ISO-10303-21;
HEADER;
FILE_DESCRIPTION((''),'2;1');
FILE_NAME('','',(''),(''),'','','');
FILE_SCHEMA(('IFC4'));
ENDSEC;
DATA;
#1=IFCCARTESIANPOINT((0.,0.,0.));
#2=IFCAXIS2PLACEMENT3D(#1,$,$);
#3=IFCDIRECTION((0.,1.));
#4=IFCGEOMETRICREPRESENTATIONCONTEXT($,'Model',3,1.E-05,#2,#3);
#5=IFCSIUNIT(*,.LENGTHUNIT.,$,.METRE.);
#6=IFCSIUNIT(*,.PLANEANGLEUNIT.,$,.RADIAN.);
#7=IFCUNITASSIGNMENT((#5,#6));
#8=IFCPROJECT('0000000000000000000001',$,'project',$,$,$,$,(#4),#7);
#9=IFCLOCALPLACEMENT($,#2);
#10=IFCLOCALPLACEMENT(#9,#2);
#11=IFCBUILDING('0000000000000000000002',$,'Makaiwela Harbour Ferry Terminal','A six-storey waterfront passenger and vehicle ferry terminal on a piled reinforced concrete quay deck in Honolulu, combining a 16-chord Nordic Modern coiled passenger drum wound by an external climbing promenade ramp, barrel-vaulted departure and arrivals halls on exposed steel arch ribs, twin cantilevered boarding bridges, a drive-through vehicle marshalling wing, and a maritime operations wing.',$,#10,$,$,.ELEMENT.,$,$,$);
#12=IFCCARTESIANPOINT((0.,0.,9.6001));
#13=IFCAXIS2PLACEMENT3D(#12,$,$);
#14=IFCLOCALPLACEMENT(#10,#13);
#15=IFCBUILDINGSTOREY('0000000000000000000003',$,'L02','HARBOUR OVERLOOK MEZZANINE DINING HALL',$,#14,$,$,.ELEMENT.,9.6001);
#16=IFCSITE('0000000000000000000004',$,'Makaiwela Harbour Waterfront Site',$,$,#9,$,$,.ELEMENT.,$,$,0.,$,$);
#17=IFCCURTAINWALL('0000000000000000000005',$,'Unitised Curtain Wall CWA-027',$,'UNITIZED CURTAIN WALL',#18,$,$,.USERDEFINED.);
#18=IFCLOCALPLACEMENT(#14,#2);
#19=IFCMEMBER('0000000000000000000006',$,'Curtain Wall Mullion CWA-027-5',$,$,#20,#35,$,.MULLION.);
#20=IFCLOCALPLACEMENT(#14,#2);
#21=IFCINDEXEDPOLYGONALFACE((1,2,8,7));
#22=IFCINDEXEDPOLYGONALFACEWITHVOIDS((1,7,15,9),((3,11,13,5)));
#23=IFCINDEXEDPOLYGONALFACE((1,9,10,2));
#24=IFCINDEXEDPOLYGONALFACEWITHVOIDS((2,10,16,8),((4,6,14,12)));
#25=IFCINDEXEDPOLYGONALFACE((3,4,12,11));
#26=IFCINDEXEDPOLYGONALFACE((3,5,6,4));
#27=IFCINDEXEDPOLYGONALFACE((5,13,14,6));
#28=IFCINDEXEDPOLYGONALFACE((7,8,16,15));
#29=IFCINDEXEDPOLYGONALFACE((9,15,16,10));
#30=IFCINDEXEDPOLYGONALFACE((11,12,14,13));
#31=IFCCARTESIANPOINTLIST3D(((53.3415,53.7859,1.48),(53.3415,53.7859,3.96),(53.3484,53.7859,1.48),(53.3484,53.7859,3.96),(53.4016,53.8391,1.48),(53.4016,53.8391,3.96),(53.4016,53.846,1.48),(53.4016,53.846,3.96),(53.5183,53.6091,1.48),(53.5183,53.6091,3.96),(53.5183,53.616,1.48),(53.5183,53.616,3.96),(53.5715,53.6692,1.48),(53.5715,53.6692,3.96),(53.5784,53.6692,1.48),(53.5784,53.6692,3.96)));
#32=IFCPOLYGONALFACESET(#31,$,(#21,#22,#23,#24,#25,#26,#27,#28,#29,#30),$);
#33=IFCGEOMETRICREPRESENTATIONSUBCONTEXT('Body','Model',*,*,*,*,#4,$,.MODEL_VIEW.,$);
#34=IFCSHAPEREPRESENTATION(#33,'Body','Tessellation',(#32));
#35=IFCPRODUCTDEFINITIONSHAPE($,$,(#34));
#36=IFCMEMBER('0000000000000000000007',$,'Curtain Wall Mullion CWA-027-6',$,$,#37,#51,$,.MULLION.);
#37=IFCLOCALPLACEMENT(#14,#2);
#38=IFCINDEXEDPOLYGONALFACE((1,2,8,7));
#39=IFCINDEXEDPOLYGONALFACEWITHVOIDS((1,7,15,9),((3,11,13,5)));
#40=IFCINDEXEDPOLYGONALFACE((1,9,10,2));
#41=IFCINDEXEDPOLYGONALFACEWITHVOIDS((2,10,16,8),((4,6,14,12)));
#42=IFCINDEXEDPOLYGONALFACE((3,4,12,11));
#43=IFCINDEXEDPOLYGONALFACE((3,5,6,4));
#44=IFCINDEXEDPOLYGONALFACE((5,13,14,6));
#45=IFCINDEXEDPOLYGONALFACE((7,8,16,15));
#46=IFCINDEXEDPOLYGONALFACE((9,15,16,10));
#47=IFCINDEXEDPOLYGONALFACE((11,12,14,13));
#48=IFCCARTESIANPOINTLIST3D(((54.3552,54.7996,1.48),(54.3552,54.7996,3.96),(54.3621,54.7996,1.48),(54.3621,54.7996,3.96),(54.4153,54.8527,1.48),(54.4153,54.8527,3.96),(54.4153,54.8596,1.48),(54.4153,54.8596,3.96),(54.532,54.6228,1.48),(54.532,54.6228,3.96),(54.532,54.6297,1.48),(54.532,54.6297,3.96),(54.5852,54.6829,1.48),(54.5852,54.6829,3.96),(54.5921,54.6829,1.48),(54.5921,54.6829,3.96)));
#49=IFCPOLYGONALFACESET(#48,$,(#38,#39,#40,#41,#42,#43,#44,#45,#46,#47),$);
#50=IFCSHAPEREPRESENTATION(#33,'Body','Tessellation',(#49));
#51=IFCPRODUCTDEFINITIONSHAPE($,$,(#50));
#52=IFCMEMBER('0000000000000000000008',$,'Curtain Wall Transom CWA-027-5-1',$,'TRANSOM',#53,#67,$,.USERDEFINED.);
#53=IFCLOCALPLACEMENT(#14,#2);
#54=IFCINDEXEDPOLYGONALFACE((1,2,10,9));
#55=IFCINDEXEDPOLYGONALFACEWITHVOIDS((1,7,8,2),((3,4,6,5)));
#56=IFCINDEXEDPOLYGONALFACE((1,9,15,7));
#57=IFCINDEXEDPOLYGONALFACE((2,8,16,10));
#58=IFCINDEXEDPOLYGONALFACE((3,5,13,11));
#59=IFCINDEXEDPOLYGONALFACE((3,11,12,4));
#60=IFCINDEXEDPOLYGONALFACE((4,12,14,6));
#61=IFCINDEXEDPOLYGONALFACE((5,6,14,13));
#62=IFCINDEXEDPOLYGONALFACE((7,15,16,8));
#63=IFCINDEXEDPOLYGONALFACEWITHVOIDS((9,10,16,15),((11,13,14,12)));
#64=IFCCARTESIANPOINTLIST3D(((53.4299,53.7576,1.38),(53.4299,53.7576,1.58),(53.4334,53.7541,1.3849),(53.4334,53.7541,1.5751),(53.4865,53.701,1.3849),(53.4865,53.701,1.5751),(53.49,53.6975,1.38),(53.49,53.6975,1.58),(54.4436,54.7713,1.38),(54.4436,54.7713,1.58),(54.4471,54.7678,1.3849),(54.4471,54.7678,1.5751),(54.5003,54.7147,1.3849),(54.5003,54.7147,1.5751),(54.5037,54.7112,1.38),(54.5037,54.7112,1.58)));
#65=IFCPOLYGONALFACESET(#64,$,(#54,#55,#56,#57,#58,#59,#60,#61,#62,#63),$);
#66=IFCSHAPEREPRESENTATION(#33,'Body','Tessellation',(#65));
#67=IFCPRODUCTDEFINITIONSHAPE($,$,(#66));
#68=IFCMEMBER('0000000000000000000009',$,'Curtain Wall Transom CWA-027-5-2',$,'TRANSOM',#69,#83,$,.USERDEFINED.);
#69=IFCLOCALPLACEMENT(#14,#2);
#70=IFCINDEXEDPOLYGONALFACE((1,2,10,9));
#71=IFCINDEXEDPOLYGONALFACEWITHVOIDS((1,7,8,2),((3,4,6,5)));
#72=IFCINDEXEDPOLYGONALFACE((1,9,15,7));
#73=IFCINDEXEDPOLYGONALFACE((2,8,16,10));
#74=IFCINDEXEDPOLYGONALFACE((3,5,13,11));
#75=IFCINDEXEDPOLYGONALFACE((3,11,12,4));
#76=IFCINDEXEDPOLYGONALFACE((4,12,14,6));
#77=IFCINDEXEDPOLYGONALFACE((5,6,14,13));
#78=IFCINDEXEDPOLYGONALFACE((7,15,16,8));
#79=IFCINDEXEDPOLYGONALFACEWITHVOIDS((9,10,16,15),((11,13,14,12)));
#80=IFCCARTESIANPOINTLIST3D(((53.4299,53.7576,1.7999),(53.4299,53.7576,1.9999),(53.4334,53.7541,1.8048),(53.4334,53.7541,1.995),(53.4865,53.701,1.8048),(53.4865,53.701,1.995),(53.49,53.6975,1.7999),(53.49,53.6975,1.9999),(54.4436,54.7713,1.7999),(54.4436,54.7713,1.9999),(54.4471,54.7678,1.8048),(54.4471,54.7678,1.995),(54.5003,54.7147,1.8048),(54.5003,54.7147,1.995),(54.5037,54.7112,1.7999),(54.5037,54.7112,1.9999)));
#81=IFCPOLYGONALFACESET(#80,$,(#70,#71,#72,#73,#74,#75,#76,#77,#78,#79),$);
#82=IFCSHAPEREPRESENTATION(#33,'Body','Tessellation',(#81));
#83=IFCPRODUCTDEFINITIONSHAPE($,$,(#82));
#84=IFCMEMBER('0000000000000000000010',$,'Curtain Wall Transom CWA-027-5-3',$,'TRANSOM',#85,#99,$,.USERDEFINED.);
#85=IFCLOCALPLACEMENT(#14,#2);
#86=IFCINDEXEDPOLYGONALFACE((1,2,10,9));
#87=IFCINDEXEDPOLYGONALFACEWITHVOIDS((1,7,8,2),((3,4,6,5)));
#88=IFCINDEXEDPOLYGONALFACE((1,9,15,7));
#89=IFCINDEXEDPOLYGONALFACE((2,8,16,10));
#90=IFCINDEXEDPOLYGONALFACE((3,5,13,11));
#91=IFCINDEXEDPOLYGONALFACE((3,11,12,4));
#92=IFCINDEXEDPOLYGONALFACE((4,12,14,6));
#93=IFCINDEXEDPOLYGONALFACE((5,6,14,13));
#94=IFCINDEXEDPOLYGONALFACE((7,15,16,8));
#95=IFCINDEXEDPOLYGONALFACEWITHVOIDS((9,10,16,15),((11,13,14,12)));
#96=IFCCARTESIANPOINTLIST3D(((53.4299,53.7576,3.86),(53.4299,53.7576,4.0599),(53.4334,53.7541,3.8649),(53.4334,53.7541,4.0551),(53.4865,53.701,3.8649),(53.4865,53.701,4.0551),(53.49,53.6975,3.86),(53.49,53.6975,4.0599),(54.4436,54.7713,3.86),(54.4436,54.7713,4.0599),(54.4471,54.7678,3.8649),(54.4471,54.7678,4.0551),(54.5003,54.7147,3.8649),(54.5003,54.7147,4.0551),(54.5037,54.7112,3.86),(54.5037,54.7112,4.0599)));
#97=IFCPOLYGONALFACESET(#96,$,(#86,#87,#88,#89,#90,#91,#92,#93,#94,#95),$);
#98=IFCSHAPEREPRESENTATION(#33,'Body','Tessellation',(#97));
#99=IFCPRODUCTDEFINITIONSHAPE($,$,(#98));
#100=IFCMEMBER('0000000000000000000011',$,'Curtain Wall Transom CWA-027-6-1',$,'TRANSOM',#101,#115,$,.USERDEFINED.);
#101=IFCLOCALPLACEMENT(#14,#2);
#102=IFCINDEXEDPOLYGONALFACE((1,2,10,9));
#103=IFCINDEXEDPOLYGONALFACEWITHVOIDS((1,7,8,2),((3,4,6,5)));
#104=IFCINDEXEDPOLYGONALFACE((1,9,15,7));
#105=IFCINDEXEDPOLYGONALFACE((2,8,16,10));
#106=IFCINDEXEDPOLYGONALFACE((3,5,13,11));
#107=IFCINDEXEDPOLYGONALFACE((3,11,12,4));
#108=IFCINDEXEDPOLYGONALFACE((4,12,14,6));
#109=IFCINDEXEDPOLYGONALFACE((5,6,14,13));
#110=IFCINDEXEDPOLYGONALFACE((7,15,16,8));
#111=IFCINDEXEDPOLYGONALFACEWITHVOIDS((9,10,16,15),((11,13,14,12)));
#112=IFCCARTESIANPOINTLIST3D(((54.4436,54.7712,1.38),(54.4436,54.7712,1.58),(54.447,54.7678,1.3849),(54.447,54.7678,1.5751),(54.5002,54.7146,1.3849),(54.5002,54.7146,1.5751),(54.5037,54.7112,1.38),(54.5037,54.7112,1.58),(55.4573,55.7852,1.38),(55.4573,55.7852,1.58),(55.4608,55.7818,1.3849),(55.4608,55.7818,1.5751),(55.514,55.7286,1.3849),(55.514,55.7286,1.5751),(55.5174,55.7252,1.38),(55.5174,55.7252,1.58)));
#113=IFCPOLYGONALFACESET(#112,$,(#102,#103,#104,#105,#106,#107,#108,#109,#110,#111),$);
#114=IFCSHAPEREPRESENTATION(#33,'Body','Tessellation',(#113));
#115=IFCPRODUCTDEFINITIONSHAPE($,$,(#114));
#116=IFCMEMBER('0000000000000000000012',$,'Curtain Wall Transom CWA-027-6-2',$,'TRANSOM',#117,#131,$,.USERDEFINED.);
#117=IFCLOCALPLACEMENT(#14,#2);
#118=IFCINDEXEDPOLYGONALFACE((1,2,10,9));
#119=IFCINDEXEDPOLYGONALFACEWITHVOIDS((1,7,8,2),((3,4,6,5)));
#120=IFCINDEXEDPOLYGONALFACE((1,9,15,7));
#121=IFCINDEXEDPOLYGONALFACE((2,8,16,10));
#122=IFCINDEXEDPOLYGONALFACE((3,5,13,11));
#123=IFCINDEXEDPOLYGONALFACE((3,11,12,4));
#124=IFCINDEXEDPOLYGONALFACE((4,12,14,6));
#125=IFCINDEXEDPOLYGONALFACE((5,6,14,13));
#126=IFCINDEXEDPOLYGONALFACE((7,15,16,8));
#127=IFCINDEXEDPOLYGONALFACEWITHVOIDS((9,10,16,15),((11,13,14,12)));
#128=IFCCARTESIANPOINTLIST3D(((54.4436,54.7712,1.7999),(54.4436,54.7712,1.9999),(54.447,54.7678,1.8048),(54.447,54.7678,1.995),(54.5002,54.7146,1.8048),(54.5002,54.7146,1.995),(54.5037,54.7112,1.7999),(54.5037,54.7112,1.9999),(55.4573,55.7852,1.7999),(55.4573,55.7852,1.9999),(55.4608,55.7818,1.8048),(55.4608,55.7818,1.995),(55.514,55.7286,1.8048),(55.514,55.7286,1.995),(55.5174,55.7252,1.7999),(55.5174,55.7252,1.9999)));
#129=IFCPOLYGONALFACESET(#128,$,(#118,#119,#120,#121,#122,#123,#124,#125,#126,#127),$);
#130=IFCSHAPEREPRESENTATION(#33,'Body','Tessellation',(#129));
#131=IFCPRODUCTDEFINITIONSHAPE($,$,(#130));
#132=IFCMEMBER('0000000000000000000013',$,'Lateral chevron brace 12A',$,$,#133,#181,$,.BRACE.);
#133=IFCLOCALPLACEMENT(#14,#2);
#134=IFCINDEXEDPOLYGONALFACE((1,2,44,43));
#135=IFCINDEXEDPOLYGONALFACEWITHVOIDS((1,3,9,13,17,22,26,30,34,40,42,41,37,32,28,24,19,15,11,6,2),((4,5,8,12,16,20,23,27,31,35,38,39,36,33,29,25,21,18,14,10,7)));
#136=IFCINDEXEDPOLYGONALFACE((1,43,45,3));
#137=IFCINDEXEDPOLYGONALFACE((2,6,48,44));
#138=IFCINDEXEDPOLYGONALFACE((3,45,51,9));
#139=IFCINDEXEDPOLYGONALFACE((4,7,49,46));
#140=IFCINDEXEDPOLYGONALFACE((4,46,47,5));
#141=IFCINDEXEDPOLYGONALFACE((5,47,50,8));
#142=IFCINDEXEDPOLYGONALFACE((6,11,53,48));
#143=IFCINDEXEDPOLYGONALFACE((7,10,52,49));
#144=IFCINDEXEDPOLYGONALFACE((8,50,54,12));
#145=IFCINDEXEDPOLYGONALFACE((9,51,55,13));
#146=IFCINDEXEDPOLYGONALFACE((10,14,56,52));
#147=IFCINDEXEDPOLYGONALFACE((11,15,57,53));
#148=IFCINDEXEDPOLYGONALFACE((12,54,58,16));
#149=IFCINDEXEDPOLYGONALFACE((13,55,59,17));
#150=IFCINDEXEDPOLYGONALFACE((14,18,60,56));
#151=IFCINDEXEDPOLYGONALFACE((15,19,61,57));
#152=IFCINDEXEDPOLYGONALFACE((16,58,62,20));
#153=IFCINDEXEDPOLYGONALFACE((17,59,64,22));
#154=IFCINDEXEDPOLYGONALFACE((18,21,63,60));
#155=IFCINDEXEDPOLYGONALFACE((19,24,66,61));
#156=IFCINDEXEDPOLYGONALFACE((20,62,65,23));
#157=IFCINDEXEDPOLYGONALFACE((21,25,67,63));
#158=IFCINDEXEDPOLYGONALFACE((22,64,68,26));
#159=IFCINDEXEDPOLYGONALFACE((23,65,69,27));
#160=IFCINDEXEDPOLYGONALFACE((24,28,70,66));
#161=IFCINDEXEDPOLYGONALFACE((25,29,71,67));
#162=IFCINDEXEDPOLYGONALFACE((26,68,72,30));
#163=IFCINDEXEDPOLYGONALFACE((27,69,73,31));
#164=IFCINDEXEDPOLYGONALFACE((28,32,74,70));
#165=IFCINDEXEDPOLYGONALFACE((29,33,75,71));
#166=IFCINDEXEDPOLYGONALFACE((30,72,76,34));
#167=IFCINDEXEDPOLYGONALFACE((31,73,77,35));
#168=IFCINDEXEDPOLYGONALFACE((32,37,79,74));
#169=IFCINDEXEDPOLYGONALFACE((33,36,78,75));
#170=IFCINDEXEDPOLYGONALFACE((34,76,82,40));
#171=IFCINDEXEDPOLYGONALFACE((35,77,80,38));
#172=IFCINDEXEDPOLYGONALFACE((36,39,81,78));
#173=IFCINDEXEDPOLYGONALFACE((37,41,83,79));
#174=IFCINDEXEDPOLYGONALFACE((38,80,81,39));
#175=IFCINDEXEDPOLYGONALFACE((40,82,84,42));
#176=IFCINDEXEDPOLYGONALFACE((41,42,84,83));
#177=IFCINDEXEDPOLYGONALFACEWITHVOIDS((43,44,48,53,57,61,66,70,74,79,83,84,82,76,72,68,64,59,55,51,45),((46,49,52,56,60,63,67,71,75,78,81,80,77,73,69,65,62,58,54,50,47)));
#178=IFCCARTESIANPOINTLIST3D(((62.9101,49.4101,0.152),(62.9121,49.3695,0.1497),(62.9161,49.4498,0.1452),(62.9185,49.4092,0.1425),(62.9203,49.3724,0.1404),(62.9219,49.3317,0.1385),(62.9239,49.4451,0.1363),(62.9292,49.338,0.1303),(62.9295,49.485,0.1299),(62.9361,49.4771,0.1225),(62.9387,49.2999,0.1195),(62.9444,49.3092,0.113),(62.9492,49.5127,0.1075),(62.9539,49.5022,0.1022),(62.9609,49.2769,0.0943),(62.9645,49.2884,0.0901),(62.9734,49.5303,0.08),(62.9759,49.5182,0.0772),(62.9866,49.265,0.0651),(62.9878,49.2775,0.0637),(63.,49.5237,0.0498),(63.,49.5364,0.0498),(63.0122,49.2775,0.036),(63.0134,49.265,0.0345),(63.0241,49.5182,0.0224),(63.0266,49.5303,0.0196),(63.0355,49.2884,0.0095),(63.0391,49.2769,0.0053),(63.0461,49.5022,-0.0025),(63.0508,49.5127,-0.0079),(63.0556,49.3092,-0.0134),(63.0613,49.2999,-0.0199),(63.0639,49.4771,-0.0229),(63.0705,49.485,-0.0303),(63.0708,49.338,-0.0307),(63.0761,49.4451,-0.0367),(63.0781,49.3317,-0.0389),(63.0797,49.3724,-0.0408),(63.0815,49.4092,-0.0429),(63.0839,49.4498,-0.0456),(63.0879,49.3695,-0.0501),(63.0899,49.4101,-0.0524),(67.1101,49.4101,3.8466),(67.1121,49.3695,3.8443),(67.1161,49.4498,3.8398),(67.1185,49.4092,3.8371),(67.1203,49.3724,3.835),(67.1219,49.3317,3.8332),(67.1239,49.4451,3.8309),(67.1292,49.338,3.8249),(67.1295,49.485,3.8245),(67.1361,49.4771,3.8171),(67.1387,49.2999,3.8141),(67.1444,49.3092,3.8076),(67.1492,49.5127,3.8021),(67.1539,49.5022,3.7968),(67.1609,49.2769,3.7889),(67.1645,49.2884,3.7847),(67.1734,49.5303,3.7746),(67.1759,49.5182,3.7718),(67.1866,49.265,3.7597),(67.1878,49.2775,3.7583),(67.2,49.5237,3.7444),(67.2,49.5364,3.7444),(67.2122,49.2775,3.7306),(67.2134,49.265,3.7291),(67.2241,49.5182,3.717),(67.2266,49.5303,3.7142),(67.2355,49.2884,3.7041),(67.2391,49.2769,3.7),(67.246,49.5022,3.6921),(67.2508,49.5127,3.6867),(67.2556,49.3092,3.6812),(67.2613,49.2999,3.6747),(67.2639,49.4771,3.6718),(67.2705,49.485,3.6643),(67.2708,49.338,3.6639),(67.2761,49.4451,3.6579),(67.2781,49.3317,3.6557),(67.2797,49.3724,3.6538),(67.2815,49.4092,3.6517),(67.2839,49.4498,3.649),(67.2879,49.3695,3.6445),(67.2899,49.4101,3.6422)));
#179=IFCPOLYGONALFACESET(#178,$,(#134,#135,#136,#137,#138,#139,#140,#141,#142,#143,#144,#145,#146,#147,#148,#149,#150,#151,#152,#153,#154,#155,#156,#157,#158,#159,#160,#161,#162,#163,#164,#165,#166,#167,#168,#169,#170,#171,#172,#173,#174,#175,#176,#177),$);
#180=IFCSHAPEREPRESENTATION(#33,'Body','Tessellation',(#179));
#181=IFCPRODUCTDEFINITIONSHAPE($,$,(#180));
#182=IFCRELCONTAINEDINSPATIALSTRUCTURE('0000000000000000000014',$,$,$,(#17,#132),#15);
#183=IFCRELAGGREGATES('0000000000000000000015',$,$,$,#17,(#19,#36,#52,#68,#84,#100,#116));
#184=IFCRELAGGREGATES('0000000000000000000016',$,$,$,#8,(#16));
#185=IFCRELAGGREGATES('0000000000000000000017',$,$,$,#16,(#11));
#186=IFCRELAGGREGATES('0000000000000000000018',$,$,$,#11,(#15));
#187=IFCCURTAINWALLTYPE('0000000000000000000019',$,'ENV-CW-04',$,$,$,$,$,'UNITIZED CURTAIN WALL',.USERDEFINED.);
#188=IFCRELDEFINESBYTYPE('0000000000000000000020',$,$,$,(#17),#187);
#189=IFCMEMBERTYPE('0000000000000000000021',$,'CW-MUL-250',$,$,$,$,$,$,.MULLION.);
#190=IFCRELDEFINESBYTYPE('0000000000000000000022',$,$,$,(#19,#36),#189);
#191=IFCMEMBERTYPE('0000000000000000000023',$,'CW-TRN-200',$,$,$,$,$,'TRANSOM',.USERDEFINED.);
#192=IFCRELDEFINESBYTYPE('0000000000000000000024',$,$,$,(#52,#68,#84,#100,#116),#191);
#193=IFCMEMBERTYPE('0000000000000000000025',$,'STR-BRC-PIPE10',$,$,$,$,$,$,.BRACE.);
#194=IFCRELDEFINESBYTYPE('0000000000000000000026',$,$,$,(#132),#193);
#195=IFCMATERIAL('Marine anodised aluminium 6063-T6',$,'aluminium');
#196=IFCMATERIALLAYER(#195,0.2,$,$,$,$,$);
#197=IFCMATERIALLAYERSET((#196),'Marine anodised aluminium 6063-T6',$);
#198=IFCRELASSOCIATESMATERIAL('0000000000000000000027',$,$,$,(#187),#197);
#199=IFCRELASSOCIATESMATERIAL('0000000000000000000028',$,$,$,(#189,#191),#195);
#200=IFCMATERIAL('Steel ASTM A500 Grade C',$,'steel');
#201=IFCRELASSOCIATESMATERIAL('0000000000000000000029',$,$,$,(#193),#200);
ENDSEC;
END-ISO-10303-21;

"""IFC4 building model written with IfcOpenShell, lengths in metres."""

from ifc_helpers import new_model, si_unit, direction, frame, origin, origin_2d, place, context, subcontext, project, spatial, hollow_rectangle, hollow_circle, extrude, material, layer, layer_set, material_profile, profile_set, type_object, element, aggregate, save


model = new_model("IFC4")

# Units and contexts
model_context = context("Model", 3, precision=1e-05, world=origin(), true_north=direction((0.0, 1.0)))
body_context = subcontext(model_context, "Body", "Model", "MODEL_VIEW")
ifc_project = project(units=[si_unit("LENGTHUNIT", "METRE"), si_unit("PLANEANGLEUNIT", "RADIAN")], contexts=[model_context])

# Site, building, storey
site_placement = place(None, origin())
site = spatial("IfcSite", under=ifc_project, at=site_placement, Name="Makaiwela Harbour Waterfront Site", CompositionType="ELEMENT", RefElevation=0.0)
building_placement = place(site_placement, origin())
building = spatial("IfcBuilding", under=site, at=building_placement, Name="Makaiwela Harbour Ferry Terminal", Description="A six-storey waterfront passenger and vehicle ferry terminal on a piled reinforced concrete quay deck in Honolulu, combining a 16-chord Nordic Modern coiled passenger drum wound by an external climbing promenade ramp, barrel-vaulted departure and arrivals halls on exposed steel arch ribs, twin cantilevered boarding bridges, a drive-through vehicle marshalling wing, and a maritime operations wing.", CompositionType="ELEMENT")
storey_placement = place(building_placement, frame((0.0, 0.0, 9.6001)))
storey = spatial("IfcBuildingStorey", under=building, at=storey_placement, Name="L02", Description="HARBOUR OVERLOOK MEZZANINE DINING HALL", CompositionType="ELEMENT", Elevation=9.6001)

# Curtain wall, members
ifc_material_1 = material(Name="Marine anodised aluminium 6063-T6", Category="aluminium")
ifc_layer_1 = layer(ifc_material_1, 0.2)
ifc_layer_set_1 = layer_set([ifc_layer_1], Name="Marine anodised aluminium 6063-T6")
curtain_wall_type = type_object("IfcCurtainWallType", Name="ENV-CW-04", ElementType="UNITIZED CURTAIN WALL", PredefinedType="USERDEFINED", material=ifc_layer_set_1)
curtain_wall_placement = place(storey_placement, origin())
curtain_wall = element("IfcCurtainWall", 1, at=curtain_wall_placement, inside=storey, type_object=curtain_wall_type, Name="Unitised Curtain Wall CWA-027", ObjectType="UNITIZED CURTAIN WALL", PredefinedType="USERDEFINED")
ifc_material_profile_1 = material_profile(ifc_material_1, hollow_rectangle(XDim=0.085, YDim=0.25, WallThickness=0.0049, at=origin_2d()), Name="CWM-250X85")
ifc_profile_set_1 = profile_set([ifc_material_profile_1], Name="Marine anodised aluminium 6063-T6")
member_type_1 = type_object("IfcMemberType", Name="CW-MUL-250", PredefinedType="MULLION", material=ifc_profile_set_1)
member_1_placement = place(storey_placement, frame((53.46, 53.7275, 1.48), z_axis=(0.0, 0.0, 1.0), x_axis=(0.707107, 0.707107, 0.0)))
member_1 = element("IfcMember", 2, at=member_1_placement, type_object=member_type_1, Name="Curtain Wall Mullion CWA-027-5", PredefinedType="MULLION", context=body_context, shape_type="SweptSolid", body=[
    extrude(hollow_rectangle(XDim=0.085, YDim=0.25, WallThickness=0.0049, at=origin_2d()), origin(), (0.0, 0.0, 1.0), 2.48),
])
member_2_placement = place(storey_placement, frame((54.4736, 54.7412, 1.48), z_axis=(0.0, 0.0, 1.0), x_axis=(0.707107, 0.707107, 0.0)))
member_2 = element("IfcMember", 3, at=member_2_placement, type_object=member_type_1, Name="Curtain Wall Mullion CWA-027-6", PredefinedType="MULLION", context=body_context, shape_type="SweptSolid", body=[
    extrude(hollow_rectangle(XDim=0.085, YDim=0.25, WallThickness=0.0049, at=origin_2d()), origin(), (0.0, 0.0, 1.0), 2.48),
])
ifc_material_profile_2 = material_profile(ifc_material_1, hollow_rectangle(XDim=0.085, YDim=0.2, WallThickness=0.0049, at=origin_2d()), Name="CWT-200X85")
ifc_profile_set_2 = profile_set([ifc_material_profile_2], Name="Marine anodised aluminium 6063-T6")
member_type_2 = type_object("IfcMemberType", Name="CW-TRN-200", ElementType="TRANSOM", PredefinedType="USERDEFINED", material=ifc_profile_set_2)
member_3_placement = place(storey_placement, frame((53.46, 53.7275, 1.48), z_axis=(0.707107, 0.707107, 0.0), x_axis=(-0.707107, 0.707107, 0.0)))
member_3 = element("IfcMember", 4, at=member_3_placement, type_object=member_type_2, Name="Curtain Wall Transom CWA-027-5-1", ObjectType="TRANSOM", PredefinedType="USERDEFINED", context=body_context, shape_type="SweptSolid", body=[
    extrude(hollow_rectangle(XDim=0.085, YDim=0.2, WallThickness=0.0049, at=origin_2d()), origin(), (0.0, 0.0, 1.0), 1.4336),
])
member_4_placement = place(storey_placement, frame((53.46, 53.7275, 1.8999), z_axis=(0.707107, 0.707107, 0.0), x_axis=(-0.707107, 0.707107, 0.0)))
member_4 = element("IfcMember", 5, at=member_4_placement, type_object=member_type_2, Name="Curtain Wall Transom CWA-027-5-2", ObjectType="TRANSOM", PredefinedType="USERDEFINED", context=body_context, shape_type="SweptSolid", body=[
    extrude(hollow_rectangle(XDim=0.085, YDim=0.2, WallThickness=0.0049, at=origin_2d()), origin(), (0.0, 0.0, 1.0), 1.4336),
])
member_5_placement = place(storey_placement, frame((53.46, 53.7275, 3.96), z_axis=(0.707107, 0.707107, 0.0), x_axis=(-0.707107, 0.707107, 0.0)))
member_5 = element("IfcMember", 6, at=member_5_placement, type_object=member_type_2, Name="Curtain Wall Transom CWA-027-5-3", ObjectType="TRANSOM", PredefinedType="USERDEFINED", context=body_context, shape_type="SweptSolid", body=[
    extrude(hollow_rectangle(XDim=0.085, YDim=0.2, WallThickness=0.0049, at=origin_2d()), origin(), (0.0, 0.0, 1.0), 1.4336),
])
member_6_placement = place(storey_placement, frame((54.4736, 54.7412, 1.48), z_axis=(0.707022, 0.707192, 0.0), x_axis=(-0.707192, 0.707022, 0.0)))
member_6 = element("IfcMember", 7, at=member_6_placement, type_object=member_type_2, Name="Curtain Wall Transom CWA-027-6-1", ObjectType="TRANSOM", PredefinedType="USERDEFINED", context=body_context, shape_type="SweptSolid", body=[
    extrude(hollow_rectangle(XDim=0.085, YDim=0.2, WallThickness=0.0049, at=origin_2d()), origin(), (0.0, 0.0, 1.0), 1.4338),
])
member_7_placement = place(storey_placement, frame((54.4736, 54.7412, 1.8999), z_axis=(0.707022, 0.707192, 0.0), x_axis=(-0.707192, 0.707022, 0.0)))
member_7 = element("IfcMember", 8, at=member_7_placement, type_object=member_type_2, Name="Curtain Wall Transom CWA-027-6-2", ObjectType="TRANSOM", PredefinedType="USERDEFINED", context=body_context, shape_type="SweptSolid", body=[
    extrude(hollow_rectangle(XDim=0.085, YDim=0.2, WallThickness=0.0049, at=origin_2d()), origin(), (0.0, 0.0, 1.0), 1.4338),
])

# Member
ifc_material_2 = material(Name="Steel ASTM A500 Grade C", Category="steel")
ifc_material_profile_3 = material_profile(ifc_material_2, hollow_circle(Radius=0.1365, WallThickness=0.0127, at=origin_2d()), Name="PIPE10XS")
ifc_profile_set_3 = profile_set([ifc_material_profile_3], Name="Steel ASTM A500 Grade C")
member_type_3 = type_object("IfcMemberType", Name="STR-BRC-PIPE10", PredefinedType="BRACE", material=ifc_profile_set_3)
member_8_placement = place(storey_placement, frame((63.0, 49.3999, 0.0498), z_axis=(0.750836, 0.0, 0.660489), x_axis=(0.0, 1.0, 0.0)))
element("IfcMember", 9, at=member_8_placement, inside=storey, type_object=member_type_3, Name="Lateral chevron brace 12A", PredefinedType="BRACE", context=body_context, shape_type="SweptSolid", body=[
    extrude(hollow_circle(Radius=0.1365, WallThickness=0.0127, at=origin_2d()), origin(), (0.0, 0.0, 1.0), 5.5938),
])

aggregate(curtain_wall, [member_1, member_2, member_3, member_4, member_5, member_6, member_7])

save(model, "model.ifc")
